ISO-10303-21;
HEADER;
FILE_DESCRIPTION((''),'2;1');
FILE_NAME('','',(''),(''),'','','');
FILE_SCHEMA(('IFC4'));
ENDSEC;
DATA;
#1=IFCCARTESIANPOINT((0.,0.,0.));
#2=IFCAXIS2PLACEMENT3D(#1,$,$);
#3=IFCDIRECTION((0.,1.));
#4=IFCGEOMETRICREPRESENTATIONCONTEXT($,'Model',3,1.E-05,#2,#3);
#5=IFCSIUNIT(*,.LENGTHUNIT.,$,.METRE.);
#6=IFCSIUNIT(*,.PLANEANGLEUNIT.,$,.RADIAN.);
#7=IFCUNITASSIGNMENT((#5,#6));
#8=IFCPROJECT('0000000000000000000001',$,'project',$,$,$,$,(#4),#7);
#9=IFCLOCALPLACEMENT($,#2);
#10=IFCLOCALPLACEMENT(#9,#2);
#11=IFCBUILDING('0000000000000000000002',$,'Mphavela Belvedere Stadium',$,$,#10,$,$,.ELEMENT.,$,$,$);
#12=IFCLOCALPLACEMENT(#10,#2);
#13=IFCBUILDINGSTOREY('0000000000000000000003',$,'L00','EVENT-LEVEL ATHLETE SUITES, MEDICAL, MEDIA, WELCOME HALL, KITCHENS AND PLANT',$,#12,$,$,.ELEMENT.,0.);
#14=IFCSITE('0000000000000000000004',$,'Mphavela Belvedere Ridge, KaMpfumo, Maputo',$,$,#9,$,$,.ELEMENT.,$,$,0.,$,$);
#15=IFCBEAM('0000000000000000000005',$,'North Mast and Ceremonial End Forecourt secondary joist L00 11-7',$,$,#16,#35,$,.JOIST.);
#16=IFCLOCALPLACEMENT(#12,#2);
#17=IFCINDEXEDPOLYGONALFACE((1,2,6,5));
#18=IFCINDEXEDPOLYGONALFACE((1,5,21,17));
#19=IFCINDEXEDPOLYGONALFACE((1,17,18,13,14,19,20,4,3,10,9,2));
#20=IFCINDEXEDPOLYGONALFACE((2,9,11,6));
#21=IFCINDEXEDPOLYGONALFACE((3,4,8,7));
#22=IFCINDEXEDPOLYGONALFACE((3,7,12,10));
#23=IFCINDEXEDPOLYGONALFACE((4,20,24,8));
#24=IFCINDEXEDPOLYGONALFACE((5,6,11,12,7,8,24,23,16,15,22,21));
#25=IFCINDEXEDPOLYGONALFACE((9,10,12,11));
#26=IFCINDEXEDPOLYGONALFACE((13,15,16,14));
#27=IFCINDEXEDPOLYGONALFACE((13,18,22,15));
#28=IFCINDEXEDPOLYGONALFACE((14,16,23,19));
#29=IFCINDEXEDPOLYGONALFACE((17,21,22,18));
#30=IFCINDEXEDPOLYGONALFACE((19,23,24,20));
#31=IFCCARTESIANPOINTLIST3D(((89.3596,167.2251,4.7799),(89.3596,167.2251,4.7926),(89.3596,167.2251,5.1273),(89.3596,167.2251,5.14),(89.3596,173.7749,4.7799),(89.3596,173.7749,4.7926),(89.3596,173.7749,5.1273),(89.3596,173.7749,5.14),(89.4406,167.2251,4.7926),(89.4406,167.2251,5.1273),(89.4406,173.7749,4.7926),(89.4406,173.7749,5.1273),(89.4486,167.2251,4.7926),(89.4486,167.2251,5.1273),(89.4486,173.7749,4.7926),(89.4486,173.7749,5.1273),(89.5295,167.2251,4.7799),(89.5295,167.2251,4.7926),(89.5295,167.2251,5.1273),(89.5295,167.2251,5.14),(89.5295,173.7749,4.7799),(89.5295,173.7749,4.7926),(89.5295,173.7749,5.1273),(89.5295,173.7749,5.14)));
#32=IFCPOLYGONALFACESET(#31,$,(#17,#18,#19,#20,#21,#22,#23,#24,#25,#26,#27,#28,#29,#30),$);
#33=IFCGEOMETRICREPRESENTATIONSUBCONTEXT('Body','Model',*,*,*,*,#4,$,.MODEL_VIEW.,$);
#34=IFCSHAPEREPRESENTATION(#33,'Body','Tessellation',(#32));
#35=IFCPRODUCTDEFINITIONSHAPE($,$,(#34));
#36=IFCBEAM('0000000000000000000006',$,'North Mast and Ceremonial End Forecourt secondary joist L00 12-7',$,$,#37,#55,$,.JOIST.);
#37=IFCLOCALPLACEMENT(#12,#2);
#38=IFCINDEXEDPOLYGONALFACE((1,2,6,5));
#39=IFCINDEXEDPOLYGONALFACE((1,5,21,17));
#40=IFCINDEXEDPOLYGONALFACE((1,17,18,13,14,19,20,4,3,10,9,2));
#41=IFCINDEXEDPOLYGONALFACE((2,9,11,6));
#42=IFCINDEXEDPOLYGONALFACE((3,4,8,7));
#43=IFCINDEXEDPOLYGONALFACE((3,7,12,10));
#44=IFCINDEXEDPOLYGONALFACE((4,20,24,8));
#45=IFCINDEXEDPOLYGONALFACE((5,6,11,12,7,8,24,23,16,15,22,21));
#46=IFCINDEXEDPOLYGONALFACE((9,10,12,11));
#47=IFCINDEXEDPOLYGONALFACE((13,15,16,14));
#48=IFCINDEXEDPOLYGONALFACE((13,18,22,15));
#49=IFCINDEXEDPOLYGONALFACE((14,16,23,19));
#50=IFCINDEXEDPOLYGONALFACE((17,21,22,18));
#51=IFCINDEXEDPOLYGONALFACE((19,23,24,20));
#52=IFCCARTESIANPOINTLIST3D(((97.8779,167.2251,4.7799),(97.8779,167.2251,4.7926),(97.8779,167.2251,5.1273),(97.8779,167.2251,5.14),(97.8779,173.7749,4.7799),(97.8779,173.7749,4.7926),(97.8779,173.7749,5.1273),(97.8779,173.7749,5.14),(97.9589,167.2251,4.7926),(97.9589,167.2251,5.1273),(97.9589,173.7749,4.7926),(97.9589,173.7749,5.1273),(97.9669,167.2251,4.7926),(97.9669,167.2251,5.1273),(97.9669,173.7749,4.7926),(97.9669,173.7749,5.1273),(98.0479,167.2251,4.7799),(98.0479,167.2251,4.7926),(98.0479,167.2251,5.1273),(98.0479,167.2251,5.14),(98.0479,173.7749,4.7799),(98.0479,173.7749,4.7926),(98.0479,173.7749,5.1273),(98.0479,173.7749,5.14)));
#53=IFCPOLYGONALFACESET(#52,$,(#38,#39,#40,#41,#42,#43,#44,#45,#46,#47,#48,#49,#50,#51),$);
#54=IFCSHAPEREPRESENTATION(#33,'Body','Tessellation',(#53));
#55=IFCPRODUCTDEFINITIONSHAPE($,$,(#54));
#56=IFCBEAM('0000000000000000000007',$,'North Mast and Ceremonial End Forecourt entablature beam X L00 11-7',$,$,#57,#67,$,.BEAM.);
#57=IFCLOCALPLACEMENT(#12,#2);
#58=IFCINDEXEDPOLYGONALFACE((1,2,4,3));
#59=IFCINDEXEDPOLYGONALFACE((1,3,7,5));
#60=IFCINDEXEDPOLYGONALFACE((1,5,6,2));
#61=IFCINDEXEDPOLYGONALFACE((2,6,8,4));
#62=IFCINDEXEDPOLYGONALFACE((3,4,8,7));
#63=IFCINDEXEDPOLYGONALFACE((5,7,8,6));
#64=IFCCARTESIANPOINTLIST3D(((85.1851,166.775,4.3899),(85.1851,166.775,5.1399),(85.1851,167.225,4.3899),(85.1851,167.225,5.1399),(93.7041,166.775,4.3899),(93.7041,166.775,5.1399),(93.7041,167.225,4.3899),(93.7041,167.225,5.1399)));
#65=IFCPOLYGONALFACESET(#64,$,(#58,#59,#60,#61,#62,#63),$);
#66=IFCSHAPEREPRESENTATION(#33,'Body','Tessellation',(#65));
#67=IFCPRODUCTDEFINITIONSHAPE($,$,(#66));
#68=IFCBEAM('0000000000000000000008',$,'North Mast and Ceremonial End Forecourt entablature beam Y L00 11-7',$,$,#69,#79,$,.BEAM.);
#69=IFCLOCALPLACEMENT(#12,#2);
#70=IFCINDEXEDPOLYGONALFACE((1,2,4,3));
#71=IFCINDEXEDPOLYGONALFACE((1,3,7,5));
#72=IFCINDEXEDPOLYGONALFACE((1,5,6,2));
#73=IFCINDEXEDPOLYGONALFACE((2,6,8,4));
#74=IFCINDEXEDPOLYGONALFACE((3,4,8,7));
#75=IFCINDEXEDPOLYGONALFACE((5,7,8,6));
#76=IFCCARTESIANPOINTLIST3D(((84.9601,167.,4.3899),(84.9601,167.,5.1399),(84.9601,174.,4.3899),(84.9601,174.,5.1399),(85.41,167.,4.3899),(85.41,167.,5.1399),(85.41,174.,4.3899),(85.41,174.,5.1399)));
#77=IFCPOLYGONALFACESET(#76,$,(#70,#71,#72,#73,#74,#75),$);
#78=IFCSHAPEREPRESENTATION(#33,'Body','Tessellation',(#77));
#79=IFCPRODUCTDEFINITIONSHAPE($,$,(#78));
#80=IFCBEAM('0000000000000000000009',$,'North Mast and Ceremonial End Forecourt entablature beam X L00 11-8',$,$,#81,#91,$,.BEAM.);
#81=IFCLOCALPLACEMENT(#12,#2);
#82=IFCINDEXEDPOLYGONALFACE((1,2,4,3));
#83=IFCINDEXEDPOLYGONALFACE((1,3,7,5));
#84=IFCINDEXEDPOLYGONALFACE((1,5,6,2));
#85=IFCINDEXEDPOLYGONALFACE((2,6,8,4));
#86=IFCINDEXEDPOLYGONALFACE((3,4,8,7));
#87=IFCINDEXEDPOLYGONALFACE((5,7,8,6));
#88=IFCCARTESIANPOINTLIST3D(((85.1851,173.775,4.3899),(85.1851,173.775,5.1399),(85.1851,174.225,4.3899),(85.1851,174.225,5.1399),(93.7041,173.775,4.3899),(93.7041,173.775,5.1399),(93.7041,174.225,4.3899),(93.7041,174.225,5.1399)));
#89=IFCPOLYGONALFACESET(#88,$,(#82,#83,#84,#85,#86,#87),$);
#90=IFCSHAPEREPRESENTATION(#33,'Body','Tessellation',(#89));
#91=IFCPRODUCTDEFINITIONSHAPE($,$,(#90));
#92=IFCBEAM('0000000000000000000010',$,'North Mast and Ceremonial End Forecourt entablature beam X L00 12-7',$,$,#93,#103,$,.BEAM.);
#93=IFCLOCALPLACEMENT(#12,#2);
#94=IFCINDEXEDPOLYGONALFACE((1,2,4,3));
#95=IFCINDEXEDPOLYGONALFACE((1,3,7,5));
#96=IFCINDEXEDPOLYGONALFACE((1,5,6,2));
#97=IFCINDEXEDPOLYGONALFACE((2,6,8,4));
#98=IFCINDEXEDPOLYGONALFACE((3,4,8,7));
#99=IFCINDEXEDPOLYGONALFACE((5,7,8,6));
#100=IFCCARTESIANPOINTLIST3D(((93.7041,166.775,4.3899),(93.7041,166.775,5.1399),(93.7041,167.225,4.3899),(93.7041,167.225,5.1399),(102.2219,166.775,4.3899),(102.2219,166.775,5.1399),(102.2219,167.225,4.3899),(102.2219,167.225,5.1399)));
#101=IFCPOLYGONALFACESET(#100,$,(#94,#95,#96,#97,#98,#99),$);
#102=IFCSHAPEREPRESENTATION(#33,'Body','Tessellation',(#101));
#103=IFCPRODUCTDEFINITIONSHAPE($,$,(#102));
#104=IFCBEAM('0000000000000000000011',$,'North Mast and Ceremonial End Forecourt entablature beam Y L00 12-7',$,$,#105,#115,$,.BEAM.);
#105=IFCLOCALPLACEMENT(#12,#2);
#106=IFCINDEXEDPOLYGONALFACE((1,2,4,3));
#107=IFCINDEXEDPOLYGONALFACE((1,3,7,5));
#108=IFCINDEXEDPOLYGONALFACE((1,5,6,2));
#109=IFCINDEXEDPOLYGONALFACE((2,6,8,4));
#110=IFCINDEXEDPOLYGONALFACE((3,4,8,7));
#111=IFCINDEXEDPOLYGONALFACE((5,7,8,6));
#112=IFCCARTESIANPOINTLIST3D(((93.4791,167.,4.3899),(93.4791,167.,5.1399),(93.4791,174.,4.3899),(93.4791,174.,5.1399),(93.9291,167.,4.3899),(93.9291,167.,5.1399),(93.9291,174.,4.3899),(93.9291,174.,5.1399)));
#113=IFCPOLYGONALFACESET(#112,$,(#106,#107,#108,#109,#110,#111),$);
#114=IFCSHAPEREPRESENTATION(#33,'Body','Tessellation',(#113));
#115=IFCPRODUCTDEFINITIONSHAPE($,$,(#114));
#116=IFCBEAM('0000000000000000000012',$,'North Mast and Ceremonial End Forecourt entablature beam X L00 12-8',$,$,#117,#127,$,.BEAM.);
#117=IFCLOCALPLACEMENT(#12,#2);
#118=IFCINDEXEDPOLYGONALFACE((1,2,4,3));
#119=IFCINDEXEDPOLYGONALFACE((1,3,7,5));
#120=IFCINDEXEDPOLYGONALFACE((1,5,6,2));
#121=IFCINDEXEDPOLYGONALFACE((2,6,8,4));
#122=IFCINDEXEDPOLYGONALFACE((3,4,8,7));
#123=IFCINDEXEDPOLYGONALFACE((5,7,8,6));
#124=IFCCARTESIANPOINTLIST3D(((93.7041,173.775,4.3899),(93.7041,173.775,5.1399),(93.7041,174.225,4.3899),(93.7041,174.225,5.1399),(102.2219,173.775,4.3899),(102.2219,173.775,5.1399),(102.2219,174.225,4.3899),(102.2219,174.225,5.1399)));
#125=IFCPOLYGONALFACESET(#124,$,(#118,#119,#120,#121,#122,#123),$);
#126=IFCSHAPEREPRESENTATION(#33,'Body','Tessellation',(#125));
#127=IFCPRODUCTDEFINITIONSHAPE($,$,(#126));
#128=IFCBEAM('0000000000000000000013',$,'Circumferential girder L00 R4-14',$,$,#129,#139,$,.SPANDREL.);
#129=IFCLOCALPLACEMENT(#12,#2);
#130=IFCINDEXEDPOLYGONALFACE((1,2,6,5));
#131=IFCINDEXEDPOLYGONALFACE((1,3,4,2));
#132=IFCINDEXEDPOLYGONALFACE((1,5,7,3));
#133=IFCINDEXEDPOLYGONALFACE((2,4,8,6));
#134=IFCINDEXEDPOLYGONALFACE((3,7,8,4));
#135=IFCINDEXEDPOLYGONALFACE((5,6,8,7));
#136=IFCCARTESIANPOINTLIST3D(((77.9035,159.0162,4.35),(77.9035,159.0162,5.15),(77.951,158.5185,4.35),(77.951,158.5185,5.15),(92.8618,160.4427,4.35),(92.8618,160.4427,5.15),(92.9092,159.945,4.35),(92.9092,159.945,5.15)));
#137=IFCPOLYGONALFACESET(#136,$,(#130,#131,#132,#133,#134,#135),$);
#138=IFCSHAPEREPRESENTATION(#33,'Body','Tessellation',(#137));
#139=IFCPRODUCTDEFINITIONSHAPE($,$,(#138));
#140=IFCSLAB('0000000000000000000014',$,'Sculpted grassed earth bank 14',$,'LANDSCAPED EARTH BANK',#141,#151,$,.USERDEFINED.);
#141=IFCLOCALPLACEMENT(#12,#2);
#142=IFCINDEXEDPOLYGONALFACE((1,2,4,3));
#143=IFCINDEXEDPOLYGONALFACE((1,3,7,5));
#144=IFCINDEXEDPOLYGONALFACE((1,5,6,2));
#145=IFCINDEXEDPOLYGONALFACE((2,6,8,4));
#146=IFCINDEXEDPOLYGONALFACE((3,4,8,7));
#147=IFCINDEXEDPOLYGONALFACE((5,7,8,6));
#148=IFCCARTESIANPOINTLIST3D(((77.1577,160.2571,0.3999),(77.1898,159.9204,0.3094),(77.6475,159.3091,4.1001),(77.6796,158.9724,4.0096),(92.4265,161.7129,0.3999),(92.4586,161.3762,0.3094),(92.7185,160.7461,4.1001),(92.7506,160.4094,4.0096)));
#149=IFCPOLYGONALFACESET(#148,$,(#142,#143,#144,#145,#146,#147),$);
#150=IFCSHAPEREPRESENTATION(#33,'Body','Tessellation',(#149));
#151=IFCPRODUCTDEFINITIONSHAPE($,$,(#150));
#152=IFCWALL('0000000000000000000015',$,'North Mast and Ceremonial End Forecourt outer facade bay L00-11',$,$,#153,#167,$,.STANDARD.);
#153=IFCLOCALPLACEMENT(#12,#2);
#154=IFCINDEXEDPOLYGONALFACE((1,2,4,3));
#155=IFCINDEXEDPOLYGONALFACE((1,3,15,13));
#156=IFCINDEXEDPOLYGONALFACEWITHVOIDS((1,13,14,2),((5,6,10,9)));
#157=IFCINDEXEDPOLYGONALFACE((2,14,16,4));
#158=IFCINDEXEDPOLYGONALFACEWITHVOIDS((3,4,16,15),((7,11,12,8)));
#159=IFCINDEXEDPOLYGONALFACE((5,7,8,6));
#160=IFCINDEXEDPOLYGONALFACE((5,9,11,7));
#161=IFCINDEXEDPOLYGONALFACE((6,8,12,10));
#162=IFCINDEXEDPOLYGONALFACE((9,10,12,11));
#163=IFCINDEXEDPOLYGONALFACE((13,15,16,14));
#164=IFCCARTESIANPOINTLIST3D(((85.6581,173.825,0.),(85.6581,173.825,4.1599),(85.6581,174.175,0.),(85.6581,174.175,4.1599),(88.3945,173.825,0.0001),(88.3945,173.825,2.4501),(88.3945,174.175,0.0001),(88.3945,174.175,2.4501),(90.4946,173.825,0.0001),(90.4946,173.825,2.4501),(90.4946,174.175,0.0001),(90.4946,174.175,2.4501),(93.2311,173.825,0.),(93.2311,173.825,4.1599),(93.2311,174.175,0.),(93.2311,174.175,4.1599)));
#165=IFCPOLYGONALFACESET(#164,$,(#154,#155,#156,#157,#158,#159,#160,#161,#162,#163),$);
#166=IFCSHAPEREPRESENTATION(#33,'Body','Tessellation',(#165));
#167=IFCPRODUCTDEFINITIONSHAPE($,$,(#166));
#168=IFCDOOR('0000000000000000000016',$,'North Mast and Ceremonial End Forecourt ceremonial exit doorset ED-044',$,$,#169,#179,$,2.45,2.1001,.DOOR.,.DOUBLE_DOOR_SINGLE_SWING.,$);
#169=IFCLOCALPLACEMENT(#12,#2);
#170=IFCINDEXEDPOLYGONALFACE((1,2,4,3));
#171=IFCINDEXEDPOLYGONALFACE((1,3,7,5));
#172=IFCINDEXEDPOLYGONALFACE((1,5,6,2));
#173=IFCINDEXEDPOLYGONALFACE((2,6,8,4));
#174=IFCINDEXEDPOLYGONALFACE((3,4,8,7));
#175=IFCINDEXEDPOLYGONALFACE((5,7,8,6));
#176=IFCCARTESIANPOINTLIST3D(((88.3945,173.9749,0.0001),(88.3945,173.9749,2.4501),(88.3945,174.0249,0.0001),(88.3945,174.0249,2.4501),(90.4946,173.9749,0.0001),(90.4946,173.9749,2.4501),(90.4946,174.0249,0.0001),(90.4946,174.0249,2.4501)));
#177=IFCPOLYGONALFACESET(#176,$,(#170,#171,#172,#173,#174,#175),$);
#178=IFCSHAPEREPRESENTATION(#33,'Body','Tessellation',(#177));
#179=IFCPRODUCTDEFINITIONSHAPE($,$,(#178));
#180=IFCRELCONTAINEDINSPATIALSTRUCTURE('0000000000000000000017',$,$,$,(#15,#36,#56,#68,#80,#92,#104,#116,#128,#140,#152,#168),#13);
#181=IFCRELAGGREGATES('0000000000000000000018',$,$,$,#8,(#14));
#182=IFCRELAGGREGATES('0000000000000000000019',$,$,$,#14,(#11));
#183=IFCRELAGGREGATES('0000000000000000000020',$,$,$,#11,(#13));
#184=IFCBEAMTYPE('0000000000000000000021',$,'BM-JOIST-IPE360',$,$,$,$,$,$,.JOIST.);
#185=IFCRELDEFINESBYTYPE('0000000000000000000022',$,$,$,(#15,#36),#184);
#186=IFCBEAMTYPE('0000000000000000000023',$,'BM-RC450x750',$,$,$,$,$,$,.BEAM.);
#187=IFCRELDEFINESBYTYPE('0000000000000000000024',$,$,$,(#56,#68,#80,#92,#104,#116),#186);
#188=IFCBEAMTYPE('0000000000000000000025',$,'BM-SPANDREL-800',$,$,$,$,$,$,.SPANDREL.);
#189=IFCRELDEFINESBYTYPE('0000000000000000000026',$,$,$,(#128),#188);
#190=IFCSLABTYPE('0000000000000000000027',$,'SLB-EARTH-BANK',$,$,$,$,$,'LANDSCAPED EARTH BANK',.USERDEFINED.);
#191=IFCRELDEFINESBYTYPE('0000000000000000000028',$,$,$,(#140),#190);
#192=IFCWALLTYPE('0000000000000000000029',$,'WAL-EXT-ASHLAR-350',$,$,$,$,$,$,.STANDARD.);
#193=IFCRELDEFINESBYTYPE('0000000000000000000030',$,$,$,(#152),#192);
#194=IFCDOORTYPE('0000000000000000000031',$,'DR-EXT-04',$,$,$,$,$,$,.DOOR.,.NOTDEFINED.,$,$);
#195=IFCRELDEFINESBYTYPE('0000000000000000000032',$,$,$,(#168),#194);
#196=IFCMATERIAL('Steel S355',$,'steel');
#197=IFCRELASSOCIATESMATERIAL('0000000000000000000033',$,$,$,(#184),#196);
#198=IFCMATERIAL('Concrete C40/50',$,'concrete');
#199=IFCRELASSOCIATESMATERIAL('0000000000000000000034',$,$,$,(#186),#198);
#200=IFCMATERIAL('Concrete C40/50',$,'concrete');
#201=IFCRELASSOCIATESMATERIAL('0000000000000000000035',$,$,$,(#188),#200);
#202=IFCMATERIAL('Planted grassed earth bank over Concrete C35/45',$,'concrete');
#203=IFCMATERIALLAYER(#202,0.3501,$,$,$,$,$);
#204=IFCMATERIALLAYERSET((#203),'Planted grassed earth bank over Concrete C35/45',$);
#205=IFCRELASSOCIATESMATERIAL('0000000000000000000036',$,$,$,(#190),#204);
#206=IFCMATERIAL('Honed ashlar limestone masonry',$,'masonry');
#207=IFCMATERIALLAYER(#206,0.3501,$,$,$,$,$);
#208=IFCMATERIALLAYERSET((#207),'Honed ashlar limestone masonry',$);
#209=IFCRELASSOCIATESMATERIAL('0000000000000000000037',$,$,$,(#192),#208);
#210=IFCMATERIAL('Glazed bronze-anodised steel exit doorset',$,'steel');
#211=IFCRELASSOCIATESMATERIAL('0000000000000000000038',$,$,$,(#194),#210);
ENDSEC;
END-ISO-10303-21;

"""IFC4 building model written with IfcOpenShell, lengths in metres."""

from ifc_helpers import new_model, si_unit, direction, frame, frame_2d, origin, origin_2d, place, context, subcontext, project, spatial, polyline, rectangle, i_section, outline, extrude, material, layer, layer_set, material_profile, profile_set, type_object, element, fill, save


model = new_model("IFC4")

# Units and contexts
model_context = context("Model", 3, precision=1e-05, world=origin(), true_north=direction((0.0, 1.0)))
body_context = subcontext(model_context, "Body", "Model", "MODEL_VIEW")
ifc_project = project(units=[si_unit("LENGTHUNIT", "METRE"), si_unit("PLANEANGLEUNIT", "RADIAN")], contexts=[model_context])

# Site, building, storey
site_placement = place(None, origin())
site = spatial("IfcSite", under=ifc_project, at=site_placement, Name="Mphavela Belvedere Ridge, KaMpfumo, Maputo", CompositionType="ELEMENT", RefElevation=0.0)
building_placement = place(site_placement, origin())
building = spatial("IfcBuilding", under=site, at=building_placement, Name="Mphavela Belvedere Stadium", CompositionType="ELEMENT")
storey_placement = place(building_placement, origin())
storey = spatial("IfcBuildingStorey", under=building, at=storey_placement, Name="L00", Description="EVENT-LEVEL ATHLETE SUITES, MEDICAL, MEDIA, WELCOME HALL, KITCHENS AND PLANT", CompositionType="ELEMENT", Elevation=0.0)

# Beams
ifc_material_1 = material(Name="Steel S355", Category="steel")
ifc_material_profile_1 = material_profile(ifc_material_1, i_section(OverallWidth=0.1699, OverallDepth=0.3601, WebThickness=0.0081, FlangeThickness=0.0127, at=origin_2d()), Name="IPE 360")
ifc_profile_set_1 = profile_set([ifc_material_profile_1], Name="Steel S355")
beam_type_1 = type_object("IfcBeamType", Name="BM-JOIST-IPE360", PredefinedType="JOIST", material=ifc_profile_set_1)
for number, where, z_axis, x_axis, name in (
    (1, (89.4446, 167.2251, 4.96), (0.0, 1.0, 0.0), (-1.0, 0.0, 0.0), "North Mast and Ceremonial End Forecourt secondary joist L00 11-7"),
    (2, (97.9629, 167.2251, 4.96), (0.0, 1.0, 0.0), (-1.0, 0.0, 0.0), "North Mast and Ceremonial End Forecourt secondary joist L00 12-7"),
):
    element("IfcBeam", number, at=place(storey_placement, frame(where, z_axis=z_axis, x_axis=x_axis)), inside=storey, type_object=beam_type_1, Name=name, PredefinedType="JOIST", context=body_context, shape_type="SweptSolid", body=[
        extrude(i_section(OverallWidth=0.1699, OverallDepth=0.3601, WebThickness=0.0081, FlangeThickness=0.0127, at=origin_2d()), origin(), (0.0, 0.0, 1.0), 6.5498),
    ])
ifc_material_2 = material(Name="Concrete C40/50", Category="concrete")
ifc_material_profile_2 = material_profile(ifc_material_2, rectangle(XDim=0.45, YDim=0.75, at=origin_2d()), Name="RC 450x750")
ifc_profile_set_2 = profile_set([ifc_material_profile_2], Name="Concrete C40/50")
beam_type_2 = type_object("IfcBeamType", Name="BM-RC450x750", PredefinedType="BEAM", material=ifc_profile_set_2)
beam_1_placement = place(storey_placement, frame((85.1851, 167.0, 4.7649), z_axis=(1.0, 0.0, 0.0), x_axis=(0.0, 1.0, 0.0)))
element("IfcBeam", 3, at=beam_1_placement, inside=storey, type_object=beam_type_2, Name="North Mast and Ceremonial End Forecourt entablature beam X L00 11-7", PredefinedType="BEAM", context=body_context, shape_type="SweptSolid", body=[
    extrude(rectangle(XDim=0.45, YDim=0.75, at=origin_2d()), origin(), (0.0, 0.0, 1.0), 8.519),
])
beam_2_placement = place(storey_placement, frame((85.1851, 167.0, 4.7649), z_axis=(0.0, 1.0, 0.0), x_axis=(-1.0, 0.0, 0.0)))
element("IfcBeam", 4, at=beam_2_placement, inside=storey, type_object=beam_type_2, Name="North Mast and Ceremonial End Forecourt entablature beam Y L00 11-7", PredefinedType="BEAM", context=body_context, shape_type="SweptSolid", body=[
    extrude(rectangle(XDim=0.45, YDim=0.75, at=origin_2d()), origin(), (0.0, 0.0, 1.0), 7.0),
])
beam_3_placement = place(storey_placement, frame((85.1851, 174.0, 4.7649), z_axis=(1.0, 0.0, 0.0), x_axis=(0.0, 1.0, 0.0)))
element("IfcBeam", 5, at=beam_3_placement, inside=storey, type_object=beam_type_2, Name="North Mast and Ceremonial End Forecourt entablature beam X L00 11-8", PredefinedType="BEAM", context=body_context, shape_type="SweptSolid", body=[
    extrude(rectangle(XDim=0.45, YDim=0.75, at=origin_2d()), origin(), (0.0, 0.0, 1.0), 8.519),
])
beam_4_placement = place(storey_placement, frame((93.7041, 167.0, 4.7649), z_axis=(1.0, 0.0, 0.0), x_axis=(0.0, 1.0, 0.0)))
element("IfcBeam", 6, at=beam_4_placement, inside=storey, type_object=beam_type_2, Name="North Mast and Ceremonial End Forecourt entablature beam X L00 12-7", PredefinedType="BEAM", context=body_context, shape_type="SweptSolid", body=[
    extrude(rectangle(XDim=0.45, YDim=0.75, at=origin_2d()), origin(), (0.0, 0.0, 1.0), 8.5178),
])
beam_5_placement = place(storey_placement, frame((93.7041, 167.0, 4.7649), z_axis=(0.0, 1.0, 0.0), x_axis=(-1.0, 0.0, 0.0)))
element("IfcBeam", 7, at=beam_5_placement, inside=storey, type_object=beam_type_2, Name="North Mast and Ceremonial End Forecourt entablature beam Y L00 12-7", PredefinedType="BEAM", context=body_context, shape_type="SweptSolid", body=[
    extrude(rectangle(XDim=0.45, YDim=0.75, at=origin_2d()), origin(), (0.0, 0.0, 1.0), 7.0),
])
beam_6_placement = place(storey_placement, frame((93.7041, 174.0, 4.7649), z_axis=(1.0, 0.0, 0.0), x_axis=(0.0, 1.0, 0.0)))
element("IfcBeam", 8, at=beam_6_placement, inside=storey, type_object=beam_type_2, Name="North Mast and Ceremonial End Forecourt entablature beam X L00 12-8", PredefinedType="BEAM", context=body_context, shape_type="SweptSolid", body=[
    extrude(rectangle(XDim=0.45, YDim=0.75, at=origin_2d()), origin(), (0.0, 0.0, 1.0), 8.5178),
])
ifc_material_3 = material(Name="Concrete C40/50", Category="concrete")
ifc_material_profile_3 = material_profile(ifc_material_3, rectangle(XDim=0.5, YDim=0.8, at=origin_2d()), Name="RC 500x800")
ifc_profile_set_3 = profile_set([ifc_material_profile_3], Name="Concrete C40/50")
beam_type_3 = type_object("IfcBeamType", Name="BM-SPANDREL-800", PredefinedType="SPANDREL", material=ifc_profile_set_3)
beam_7_placement = place(storey_placement, frame((92.8855, 160.1938, 4.75), z_axis=(-0.995483, -0.094936, 0.0), x_axis=(0.094936, -0.995483, 0.0)))
element("IfcBeam", 9, at=beam_7_placement, inside=storey, type_object=beam_type_3, Name="Circumferential girder L00 R4-14", PredefinedType="SPANDREL", context=body_context, shape_type="SweptSolid", body=[
    extrude(rectangle(XDim=0.5, YDim=0.8, at=origin_2d()), origin(), (0.0, 0.0, 1.0), 15.0261),
])

# Slab
ifc_material_4 = material(Name="Planted grassed earth bank over Concrete C35/45", Category="concrete")
ifc_layer_1 = layer(ifc_material_4, 0.3501)
ifc_layer_set_1 = layer_set([ifc_layer_1], Name="Planted grassed earth bank over Concrete C35/45")
slab_type = type_object("IfcSlabType", Name="SLB-EARTH-BANK", ElementType="LANDSCAPED EARTH BANK", PredefinedType="USERDEFINED", material=ifc_layer_set_1)
slab_placement = place(storey_placement, frame((92.4265, 161.7129, 0.3999), z_axis=(-0.091691, 0.961649, 0.258505), x_axis=(-0.995485, -0.094917, 0.0)))
element("IfcSlab", 10, at=slab_placement, inside=storey, type_object=slab_type, Name="Sculpted grassed earth bank 14", ObjectType="LANDSCAPED EARTH BANK", PredefinedType="USERDEFINED", context=body_context, shape_type="SweptSolid", body=[
    extrude(outline(polyline([(0.0, 0.0), (15.338, 0.0), (14.9405, 3.8304), (-0.1989, 3.8304), (0.0, 0.0)])), origin(), (0.0, 0.0, -1.0), 0.3501),
])

# Wall, opening, door
ifc_material_5 = material(Name="Honed ashlar limestone masonry", Category="masonry")
ifc_layer_2 = layer(ifc_material_5, 0.3501)
ifc_layer_set_2 = layer_set([ifc_layer_2], Name="Honed ashlar limestone masonry")
wall_type_1 = type_object("IfcWallType", Name="WAL-EXT-ASHLAR-350", PredefinedType="STANDARD", material=ifc_layer_set_2)
wall_1_placement = place(storey_placement, frame((85.658, 174.0, 0.0), z_axis=(0.0, 0.0, 1.0), x_axis=(1.0, 0.0, 0.0)))
wall_1 = element("IfcWall", 11, at=wall_1_placement, inside=storey, type_object=wall_type_1, Name="North Mast and Ceremonial End Forecourt outer facade bay L00-11", PredefinedType="STANDARD", context=body_context, shape_type="SweptSolid", body=[
    extrude(rectangle(XDim=7.573, YDim=0.3501, at=frame_2d((3.7866, 0.0))), origin(), (0.0, 0.0, 1.0), 4.1599),
])
opening_1_placement = place(wall_1_placement, frame((2.7366, 0.0, 0.0)))
opening_1 = element("IfcOpeningElement", 12, at=opening_1_placement, cuts=wall_1, PredefinedType="OPENING", context=body_context, shape_type="SweptSolid", body=[
    extrude(rectangle(XDim=2.1001, YDim=2.45, at=frame_2d((1.05, 1.2251))), frame((0.0, 0.1851, 0.0), z_axis=(0.0, -1.0, 0.0), x_axis=(1.0, 0.0, 0.0)), (0.0, 0.0, 1.0), 0.3701),
])
ifc_material_6 = material(Name="Glazed bronze-anodised steel exit doorset", Category="steel")
door_type_1 = type_object("IfcDoorType", Name="DR-EXT-04", OperationType="NOTDEFINED", PredefinedType="DOOR", material=ifc_material_6)
door_1_placement = place(opening_1_placement, origin())
door_1 = element("IfcDoor", 13, at=door_1_placement, inside=storey, type_object=door_type_1, Name="North Mast and Ceremonial End Forecourt ceremonial exit doorset ED-044", OperationType="DOUBLE_DOOR_SINGLE_SWING", OverallHeight=2.45, OverallWidth=2.1001, PredefinedType="DOOR", context=body_context, shape_type="SweptSolid", body=[
    extrude(rectangle(XDim=2.1001, YDim=2.45, at=frame_2d((1.05, 1.2251))), frame((0.0, 0.0249, 0.0), z_axis=(0.0, -1.0, 0.0), x_axis=(1.0, 0.0, 0.0)), (0.0, 0.0, 1.0), 0.05),
])
fill(opening_1, door_1)

save(model, "model.ifc")
